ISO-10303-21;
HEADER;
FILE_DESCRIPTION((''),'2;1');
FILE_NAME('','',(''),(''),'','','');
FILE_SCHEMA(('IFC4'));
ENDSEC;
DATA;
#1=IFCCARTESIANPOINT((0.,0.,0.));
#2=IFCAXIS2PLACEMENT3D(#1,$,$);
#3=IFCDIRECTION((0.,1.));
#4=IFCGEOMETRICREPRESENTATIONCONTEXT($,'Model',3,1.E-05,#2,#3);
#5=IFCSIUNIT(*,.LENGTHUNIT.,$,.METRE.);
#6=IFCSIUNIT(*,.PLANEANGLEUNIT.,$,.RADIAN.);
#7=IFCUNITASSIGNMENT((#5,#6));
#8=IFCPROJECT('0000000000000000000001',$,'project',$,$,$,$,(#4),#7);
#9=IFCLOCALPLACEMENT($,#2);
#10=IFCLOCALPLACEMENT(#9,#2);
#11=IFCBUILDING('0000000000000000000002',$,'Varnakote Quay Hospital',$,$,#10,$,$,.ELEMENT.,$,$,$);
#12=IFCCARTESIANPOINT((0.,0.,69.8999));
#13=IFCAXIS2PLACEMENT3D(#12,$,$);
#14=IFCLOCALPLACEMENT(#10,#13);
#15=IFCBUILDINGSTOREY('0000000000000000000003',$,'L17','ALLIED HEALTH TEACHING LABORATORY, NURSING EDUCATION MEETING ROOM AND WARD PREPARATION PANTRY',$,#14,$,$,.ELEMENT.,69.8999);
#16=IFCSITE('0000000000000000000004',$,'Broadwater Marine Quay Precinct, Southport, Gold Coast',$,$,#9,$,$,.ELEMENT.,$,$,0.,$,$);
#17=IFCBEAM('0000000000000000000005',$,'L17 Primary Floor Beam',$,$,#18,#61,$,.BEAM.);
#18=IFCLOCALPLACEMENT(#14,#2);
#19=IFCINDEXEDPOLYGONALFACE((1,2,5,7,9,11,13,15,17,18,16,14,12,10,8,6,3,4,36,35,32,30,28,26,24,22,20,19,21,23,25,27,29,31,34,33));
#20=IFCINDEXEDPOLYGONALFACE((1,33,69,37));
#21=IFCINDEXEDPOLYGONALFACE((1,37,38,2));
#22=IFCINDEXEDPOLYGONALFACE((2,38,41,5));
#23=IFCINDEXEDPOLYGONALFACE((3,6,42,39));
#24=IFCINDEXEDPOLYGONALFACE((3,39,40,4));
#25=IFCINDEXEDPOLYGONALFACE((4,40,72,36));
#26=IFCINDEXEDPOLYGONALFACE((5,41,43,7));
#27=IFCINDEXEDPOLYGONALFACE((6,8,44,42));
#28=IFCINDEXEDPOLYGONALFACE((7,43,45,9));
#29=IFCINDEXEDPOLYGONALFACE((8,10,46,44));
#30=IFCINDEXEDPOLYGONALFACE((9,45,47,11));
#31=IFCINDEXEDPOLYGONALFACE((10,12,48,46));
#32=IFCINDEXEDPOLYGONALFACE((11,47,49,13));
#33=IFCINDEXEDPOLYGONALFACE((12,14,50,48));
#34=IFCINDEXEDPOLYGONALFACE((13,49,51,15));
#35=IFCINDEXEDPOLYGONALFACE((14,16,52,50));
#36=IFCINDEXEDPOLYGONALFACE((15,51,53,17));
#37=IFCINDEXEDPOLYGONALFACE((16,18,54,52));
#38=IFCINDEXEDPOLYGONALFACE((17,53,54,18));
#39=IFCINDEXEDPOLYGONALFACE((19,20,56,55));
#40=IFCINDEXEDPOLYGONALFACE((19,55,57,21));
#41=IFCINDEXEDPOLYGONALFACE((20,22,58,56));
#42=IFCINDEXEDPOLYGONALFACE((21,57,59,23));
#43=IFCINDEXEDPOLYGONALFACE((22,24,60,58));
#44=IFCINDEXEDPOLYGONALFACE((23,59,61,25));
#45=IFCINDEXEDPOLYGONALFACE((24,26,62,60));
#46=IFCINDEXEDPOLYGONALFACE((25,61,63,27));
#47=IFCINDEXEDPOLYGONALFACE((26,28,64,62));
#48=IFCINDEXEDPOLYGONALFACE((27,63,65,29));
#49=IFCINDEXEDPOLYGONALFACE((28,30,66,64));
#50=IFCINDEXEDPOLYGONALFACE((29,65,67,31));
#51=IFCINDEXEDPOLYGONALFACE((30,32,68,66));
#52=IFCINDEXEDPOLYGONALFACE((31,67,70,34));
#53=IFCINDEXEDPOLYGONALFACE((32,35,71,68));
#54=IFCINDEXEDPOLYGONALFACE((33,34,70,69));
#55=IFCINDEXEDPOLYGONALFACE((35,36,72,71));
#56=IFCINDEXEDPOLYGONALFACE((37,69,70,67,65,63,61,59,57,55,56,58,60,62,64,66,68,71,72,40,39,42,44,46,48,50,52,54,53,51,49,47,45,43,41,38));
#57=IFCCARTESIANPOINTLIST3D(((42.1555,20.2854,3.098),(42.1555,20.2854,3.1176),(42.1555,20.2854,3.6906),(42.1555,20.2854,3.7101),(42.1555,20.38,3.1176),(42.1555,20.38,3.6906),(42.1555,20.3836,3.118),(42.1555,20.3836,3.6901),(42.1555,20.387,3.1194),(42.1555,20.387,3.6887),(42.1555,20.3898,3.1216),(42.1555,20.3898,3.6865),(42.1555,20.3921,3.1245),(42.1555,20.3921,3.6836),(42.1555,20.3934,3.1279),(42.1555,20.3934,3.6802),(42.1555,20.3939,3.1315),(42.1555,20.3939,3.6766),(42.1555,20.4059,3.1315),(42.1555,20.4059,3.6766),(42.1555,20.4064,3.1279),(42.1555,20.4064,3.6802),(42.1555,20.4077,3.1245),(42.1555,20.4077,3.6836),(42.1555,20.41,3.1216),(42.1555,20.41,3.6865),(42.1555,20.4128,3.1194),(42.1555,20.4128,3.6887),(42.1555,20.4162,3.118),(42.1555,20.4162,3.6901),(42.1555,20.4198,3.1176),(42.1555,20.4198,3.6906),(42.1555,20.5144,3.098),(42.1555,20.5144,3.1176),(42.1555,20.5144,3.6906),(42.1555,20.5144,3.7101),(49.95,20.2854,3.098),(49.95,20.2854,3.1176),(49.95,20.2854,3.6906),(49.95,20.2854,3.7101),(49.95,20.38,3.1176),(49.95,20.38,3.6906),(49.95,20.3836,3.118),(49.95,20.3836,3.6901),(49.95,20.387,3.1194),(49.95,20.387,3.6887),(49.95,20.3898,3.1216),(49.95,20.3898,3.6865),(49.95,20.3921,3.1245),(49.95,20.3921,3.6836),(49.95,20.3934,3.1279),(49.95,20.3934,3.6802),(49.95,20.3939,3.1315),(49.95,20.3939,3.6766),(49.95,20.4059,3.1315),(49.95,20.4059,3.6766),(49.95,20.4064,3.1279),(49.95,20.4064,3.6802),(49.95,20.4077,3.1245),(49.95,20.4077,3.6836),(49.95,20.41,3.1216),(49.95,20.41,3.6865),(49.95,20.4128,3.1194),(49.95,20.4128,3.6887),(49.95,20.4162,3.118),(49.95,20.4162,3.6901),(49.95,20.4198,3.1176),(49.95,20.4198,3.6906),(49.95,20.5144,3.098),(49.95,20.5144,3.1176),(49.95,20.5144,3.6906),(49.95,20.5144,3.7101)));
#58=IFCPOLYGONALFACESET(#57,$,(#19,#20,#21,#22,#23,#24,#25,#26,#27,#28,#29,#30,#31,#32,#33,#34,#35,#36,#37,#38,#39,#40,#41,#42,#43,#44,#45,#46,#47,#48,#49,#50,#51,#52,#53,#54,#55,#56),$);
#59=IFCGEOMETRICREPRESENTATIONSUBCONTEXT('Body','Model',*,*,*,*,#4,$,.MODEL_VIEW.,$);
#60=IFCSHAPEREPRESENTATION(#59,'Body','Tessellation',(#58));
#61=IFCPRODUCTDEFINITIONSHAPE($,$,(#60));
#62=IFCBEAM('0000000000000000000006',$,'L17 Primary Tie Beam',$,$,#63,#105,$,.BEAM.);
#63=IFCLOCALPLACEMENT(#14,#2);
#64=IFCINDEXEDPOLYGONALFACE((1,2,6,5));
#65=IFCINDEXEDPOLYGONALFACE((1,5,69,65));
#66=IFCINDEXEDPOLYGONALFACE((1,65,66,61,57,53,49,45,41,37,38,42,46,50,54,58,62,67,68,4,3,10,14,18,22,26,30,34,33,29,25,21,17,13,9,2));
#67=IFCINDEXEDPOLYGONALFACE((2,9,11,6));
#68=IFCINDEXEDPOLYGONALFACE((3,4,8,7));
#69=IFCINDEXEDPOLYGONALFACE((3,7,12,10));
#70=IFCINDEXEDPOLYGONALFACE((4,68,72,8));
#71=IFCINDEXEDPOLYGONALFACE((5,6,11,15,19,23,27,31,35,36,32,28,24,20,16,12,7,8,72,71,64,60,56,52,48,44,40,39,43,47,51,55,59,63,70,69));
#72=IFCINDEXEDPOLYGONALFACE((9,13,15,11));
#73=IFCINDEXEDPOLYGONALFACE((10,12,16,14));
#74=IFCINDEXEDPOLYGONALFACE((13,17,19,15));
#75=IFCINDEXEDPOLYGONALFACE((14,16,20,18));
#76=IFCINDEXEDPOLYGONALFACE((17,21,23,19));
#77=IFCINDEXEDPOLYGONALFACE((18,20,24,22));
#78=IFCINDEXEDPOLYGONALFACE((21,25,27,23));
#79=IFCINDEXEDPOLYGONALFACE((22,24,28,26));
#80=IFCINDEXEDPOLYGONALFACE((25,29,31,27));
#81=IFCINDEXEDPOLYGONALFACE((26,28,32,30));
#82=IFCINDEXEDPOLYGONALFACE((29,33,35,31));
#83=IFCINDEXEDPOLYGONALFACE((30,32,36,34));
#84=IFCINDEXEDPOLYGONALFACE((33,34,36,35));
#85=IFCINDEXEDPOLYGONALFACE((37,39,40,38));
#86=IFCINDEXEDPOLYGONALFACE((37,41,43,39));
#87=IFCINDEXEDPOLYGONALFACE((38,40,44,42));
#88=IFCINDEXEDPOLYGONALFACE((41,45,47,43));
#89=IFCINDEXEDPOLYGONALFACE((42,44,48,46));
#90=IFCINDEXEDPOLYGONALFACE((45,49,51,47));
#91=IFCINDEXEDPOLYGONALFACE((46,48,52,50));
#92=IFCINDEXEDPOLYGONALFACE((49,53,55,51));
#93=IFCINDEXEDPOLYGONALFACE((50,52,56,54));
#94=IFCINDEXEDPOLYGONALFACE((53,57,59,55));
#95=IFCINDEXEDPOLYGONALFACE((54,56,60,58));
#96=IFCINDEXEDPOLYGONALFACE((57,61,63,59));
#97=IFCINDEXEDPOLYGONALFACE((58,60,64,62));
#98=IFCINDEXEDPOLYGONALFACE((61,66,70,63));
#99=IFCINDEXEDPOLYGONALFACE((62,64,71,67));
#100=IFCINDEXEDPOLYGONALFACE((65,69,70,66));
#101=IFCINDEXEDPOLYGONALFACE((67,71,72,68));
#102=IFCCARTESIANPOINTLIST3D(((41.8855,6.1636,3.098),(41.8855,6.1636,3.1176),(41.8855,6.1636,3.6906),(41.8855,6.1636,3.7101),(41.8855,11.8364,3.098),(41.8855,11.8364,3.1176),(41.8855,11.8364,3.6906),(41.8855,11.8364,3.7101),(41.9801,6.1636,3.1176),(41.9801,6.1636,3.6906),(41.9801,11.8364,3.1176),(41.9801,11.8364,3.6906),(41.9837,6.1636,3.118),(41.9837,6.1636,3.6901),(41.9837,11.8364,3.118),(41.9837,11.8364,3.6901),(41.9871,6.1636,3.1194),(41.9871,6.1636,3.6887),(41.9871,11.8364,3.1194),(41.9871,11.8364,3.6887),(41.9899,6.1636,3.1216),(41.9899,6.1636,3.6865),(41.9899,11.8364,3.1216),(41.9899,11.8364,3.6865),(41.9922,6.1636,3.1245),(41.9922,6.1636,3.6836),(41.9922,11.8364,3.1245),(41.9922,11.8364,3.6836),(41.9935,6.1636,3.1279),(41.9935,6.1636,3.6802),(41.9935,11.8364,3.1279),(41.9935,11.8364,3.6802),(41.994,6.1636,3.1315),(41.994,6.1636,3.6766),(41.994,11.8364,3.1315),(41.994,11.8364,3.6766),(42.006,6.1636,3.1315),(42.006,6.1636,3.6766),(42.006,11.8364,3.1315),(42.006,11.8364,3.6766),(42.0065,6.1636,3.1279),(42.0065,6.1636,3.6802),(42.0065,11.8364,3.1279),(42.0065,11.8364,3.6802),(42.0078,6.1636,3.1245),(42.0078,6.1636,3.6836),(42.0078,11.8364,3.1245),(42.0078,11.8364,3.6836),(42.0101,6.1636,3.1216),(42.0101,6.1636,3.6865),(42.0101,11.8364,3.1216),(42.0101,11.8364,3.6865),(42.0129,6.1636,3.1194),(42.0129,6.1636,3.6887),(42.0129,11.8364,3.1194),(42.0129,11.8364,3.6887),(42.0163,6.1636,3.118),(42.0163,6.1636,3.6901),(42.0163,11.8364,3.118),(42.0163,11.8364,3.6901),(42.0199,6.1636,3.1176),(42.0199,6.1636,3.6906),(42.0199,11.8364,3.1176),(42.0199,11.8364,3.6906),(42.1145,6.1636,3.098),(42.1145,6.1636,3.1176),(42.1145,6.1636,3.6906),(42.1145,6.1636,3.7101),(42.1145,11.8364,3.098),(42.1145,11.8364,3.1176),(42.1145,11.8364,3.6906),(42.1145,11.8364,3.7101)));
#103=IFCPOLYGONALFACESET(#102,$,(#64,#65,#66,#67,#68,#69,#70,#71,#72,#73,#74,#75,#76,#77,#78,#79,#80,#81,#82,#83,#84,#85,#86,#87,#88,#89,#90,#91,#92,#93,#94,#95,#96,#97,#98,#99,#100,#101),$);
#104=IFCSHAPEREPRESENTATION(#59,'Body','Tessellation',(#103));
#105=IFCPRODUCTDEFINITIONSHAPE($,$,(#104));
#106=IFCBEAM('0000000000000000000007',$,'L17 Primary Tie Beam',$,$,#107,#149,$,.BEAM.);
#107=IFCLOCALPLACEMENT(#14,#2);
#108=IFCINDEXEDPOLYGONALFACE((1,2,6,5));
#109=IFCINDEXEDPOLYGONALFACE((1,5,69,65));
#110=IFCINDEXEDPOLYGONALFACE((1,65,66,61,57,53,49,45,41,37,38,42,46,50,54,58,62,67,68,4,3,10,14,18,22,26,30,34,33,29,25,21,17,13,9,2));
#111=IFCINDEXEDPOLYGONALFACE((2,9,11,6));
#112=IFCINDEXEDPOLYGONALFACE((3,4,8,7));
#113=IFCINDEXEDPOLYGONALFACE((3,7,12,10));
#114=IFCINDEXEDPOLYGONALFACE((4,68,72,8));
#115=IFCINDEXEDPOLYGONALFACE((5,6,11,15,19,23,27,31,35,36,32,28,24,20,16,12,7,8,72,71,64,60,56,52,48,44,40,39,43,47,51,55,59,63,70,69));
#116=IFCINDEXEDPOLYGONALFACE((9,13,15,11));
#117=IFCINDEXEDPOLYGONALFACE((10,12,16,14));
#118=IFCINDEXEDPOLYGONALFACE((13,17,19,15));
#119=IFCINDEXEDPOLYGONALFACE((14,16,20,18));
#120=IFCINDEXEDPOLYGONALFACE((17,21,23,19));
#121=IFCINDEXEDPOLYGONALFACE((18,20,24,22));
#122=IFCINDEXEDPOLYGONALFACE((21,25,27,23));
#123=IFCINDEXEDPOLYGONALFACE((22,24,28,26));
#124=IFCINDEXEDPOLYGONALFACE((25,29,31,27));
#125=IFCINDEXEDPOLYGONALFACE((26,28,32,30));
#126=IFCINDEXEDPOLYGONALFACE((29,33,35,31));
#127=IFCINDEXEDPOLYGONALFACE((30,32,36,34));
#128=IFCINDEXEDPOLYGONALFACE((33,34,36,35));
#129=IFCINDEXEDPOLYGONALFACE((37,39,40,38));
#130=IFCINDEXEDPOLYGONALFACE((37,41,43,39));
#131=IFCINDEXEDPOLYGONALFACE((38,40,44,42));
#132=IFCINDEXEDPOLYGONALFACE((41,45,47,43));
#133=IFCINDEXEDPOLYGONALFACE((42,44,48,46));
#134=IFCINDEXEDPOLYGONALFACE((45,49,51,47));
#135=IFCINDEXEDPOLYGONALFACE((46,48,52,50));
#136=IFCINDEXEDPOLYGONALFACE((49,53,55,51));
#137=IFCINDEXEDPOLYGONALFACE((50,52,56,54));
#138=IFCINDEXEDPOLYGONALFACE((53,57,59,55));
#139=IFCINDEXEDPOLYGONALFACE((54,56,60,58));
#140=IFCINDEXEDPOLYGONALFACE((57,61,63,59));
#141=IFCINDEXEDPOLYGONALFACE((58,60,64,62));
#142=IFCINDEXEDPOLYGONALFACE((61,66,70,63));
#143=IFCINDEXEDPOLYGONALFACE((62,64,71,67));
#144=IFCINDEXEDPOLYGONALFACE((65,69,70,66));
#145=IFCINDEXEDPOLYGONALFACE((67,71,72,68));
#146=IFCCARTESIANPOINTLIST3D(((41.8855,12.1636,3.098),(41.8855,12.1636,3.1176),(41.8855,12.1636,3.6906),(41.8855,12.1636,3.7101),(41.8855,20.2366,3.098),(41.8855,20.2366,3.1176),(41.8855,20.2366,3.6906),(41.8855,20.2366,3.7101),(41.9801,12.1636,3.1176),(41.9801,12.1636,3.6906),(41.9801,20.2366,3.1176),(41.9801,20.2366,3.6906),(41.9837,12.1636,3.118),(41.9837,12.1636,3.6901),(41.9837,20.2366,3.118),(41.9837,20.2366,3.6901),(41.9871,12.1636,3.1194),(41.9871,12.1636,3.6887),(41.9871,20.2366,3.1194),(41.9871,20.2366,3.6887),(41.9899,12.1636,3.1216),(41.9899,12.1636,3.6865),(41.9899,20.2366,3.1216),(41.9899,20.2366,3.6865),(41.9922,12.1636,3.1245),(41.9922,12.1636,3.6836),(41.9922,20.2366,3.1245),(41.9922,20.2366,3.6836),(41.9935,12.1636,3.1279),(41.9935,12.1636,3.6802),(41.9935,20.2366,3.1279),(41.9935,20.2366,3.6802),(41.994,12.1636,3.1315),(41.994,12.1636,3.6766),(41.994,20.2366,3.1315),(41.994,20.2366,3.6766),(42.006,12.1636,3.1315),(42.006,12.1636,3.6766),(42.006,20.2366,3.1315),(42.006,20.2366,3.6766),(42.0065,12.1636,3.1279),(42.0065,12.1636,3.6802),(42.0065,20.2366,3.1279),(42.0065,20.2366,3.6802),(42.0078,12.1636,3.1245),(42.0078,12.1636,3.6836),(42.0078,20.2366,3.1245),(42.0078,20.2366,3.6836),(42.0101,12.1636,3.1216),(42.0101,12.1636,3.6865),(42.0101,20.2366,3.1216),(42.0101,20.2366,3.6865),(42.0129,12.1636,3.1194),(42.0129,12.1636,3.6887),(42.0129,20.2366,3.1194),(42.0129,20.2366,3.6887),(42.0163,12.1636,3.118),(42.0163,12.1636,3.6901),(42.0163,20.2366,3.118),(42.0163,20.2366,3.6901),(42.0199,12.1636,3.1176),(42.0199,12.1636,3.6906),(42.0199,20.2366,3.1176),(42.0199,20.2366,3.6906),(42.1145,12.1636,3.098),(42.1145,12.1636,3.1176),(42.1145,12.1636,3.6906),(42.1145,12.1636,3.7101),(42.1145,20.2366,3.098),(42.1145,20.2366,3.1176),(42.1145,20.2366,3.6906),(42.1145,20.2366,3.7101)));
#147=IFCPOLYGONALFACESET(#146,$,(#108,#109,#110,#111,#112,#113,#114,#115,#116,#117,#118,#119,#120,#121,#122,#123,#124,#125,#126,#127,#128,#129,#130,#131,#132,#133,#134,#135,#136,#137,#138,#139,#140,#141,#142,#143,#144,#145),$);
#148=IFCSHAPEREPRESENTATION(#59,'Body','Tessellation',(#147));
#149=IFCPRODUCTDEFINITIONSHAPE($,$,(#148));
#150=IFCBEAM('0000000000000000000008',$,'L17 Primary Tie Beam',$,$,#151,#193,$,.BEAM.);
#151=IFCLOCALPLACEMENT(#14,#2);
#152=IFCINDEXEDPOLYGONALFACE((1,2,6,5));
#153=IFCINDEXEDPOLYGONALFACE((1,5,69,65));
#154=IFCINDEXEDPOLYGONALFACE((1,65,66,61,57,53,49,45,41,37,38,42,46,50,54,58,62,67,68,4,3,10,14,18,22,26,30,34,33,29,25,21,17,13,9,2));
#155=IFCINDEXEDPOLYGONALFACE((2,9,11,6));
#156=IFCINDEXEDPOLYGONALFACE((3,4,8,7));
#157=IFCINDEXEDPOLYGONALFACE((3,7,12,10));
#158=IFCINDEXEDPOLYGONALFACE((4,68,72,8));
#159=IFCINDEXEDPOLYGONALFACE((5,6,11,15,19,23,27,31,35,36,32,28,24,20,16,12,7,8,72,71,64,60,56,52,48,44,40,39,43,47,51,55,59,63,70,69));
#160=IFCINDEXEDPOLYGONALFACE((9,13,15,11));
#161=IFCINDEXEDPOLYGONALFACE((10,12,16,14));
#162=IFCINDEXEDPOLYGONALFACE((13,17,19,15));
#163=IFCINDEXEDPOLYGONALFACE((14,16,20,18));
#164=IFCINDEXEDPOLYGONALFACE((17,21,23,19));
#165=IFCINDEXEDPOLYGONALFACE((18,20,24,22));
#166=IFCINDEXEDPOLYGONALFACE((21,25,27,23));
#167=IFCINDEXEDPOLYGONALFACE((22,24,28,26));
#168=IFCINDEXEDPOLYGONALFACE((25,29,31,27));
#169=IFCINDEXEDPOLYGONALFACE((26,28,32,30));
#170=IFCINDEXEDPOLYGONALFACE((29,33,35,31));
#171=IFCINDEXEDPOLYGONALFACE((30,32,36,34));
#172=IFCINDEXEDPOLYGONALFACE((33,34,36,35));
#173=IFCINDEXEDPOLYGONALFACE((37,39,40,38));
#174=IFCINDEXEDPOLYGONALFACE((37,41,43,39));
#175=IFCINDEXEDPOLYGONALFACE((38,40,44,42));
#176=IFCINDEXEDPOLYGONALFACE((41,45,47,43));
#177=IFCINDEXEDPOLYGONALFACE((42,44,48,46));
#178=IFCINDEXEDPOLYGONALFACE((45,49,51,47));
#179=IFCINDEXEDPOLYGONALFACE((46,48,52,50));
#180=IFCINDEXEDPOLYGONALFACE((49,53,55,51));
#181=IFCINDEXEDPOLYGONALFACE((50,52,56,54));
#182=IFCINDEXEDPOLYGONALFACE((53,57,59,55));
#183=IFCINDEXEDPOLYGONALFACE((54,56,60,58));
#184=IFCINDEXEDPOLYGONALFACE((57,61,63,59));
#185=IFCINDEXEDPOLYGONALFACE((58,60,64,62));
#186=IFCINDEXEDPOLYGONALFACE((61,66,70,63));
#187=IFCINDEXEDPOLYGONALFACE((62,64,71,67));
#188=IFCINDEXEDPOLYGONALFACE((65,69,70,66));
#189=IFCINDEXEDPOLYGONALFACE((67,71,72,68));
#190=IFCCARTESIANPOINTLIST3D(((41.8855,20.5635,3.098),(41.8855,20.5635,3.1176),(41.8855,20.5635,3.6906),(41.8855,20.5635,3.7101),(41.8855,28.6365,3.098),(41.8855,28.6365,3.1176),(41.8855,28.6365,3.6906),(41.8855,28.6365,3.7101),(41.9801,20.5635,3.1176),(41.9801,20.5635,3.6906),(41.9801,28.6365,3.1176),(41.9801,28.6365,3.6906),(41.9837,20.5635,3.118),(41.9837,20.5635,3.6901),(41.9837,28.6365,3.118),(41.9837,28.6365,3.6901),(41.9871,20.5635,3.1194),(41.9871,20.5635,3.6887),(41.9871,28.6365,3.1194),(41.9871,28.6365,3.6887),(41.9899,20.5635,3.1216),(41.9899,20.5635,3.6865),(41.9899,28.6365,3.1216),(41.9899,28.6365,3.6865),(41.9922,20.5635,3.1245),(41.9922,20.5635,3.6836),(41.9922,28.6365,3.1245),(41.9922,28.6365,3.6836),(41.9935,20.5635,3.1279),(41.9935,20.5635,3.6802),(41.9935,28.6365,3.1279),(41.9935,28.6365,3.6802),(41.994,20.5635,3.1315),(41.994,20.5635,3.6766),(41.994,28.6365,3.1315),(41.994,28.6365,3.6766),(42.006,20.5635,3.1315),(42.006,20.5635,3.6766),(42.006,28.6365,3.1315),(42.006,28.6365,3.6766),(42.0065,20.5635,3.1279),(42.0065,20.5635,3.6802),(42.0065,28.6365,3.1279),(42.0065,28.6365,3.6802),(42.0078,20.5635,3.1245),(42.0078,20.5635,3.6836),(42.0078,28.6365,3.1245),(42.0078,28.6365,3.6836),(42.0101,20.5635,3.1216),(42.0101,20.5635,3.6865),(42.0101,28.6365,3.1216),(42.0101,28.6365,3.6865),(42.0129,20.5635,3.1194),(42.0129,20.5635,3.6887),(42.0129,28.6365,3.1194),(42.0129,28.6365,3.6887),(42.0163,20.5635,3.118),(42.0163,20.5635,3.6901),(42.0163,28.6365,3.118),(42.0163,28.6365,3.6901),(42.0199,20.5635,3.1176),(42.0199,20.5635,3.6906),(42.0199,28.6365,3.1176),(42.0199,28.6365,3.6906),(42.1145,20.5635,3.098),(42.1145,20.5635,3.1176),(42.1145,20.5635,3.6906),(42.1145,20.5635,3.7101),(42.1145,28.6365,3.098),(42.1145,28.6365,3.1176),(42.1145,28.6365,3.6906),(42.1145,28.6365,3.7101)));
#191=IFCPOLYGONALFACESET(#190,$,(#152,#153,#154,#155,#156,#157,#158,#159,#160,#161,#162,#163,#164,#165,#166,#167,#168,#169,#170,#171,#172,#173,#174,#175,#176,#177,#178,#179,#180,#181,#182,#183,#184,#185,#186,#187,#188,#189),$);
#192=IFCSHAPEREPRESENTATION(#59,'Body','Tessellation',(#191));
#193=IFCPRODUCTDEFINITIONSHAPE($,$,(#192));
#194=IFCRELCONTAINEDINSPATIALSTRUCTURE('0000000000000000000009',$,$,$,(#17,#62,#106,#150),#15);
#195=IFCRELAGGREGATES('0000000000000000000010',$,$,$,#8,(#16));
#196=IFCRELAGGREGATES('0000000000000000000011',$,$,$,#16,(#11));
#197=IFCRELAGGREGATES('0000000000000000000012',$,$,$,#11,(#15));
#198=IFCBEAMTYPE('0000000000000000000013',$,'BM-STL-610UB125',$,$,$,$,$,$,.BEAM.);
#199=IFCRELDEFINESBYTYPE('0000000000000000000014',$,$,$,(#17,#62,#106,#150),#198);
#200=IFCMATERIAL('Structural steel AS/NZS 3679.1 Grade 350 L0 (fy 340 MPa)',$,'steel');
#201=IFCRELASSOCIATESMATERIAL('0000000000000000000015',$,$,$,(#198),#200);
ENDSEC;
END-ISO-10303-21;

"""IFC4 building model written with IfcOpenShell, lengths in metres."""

from ifc_helpers import new_model, si_unit, direction, frame, origin, origin_2d, place, context, subcontext, project, spatial, i_section, extrude, material, material_profile, profile_set, type_object, element, save


model = new_model("IFC4")

# Units and contexts
model_context = context("Model", 3, precision=1e-05, world=origin(), true_north=direction((0.0, 1.0)))
body_context = subcontext(model_context, "Body", "Model", "MODEL_VIEW")
ifc_project = project(units=[si_unit("LENGTHUNIT", "METRE"), si_unit("PLANEANGLEUNIT", "RADIAN")], contexts=[model_context])

# Site, building, storey
site_placement = place(None, origin())
site = spatial("IfcSite", under=ifc_project, at=site_placement, Name="Broadwater Marine Quay Precinct, Southport, Gold Coast", CompositionType="ELEMENT", RefElevation=0.0)
building_placement = place(site_placement, origin())
building = spatial("IfcBuilding", under=site, at=building_placement, Name="Varnakote Quay Hospital", CompositionType="ELEMENT")
storey_placement = place(building_placement, frame((0.0, 0.0, 69.8999)))
storey = spatial("IfcBuildingStorey", under=building, at=storey_placement, Name="L17", Description="ALLIED HEALTH TEACHING LABORATORY, NURSING EDUCATION MEETING ROOM AND WARD PREPARATION PANTRY", CompositionType="ELEMENT", Elevation=69.8999)

# Beams
ifc_material_1 = material(Name="Structural steel AS/NZS 3679.1 Grade 350 L0 (fy 340 MPa)", Category="steel")
ifc_material_profile_1 = material_profile(ifc_material_1, i_section(OverallWidth=0.229, OverallDepth=0.6121, WebThickness=0.012, FlangeThickness=0.0195, FilletRadius=0.0139, at=origin_2d()), Name="610UB125")
ifc_profile_set_1 = profile_set([ifc_material_profile_1], Name="Structural steel AS/NZS 3679.1 Grade 350 L0 (fy 340 MPa)")
beam_type_1 = type_object("IfcBeamType", Name="BM-STL-610UB125", PredefinedType="BEAM", material=ifc_profile_set_1)
beam_1_placement = place(storey_placement, frame((42.1555, 20.3999, 3.4041), z_axis=(1.0, 0.0, 0.0), x_axis=(0.0, 1.0, 0.0)))
element("IfcBeam", 1, at=beam_1_placement, inside=storey, type_object=beam_type_1, Name="L17 Primary Floor Beam", PredefinedType="BEAM", context=body_context, shape_type="SweptSolid", body=[
    extrude(i_section(OverallWidth=0.229, OverallDepth=0.6121, WebThickness=0.012, FlangeThickness=0.0195, FilletRadius=0.0139, at=origin_2d()), origin(), (0.0, 0.0, 1.0), 7.7944),
])
beam_2_placement = place(storey_placement, frame((42.0, 6.1636, 3.4041), z_axis=(0.0, 1.0, 0.0), x_axis=(-1.0, 0.0, 0.0)))
element("IfcBeam", 2, at=beam_2_placement, inside=storey, type_object=beam_type_1, Name="L17 Primary Tie Beam", PredefinedType="BEAM", context=body_context, shape_type="SweptSolid", body=[
    extrude(i_section(OverallWidth=0.229, OverallDepth=0.6121, WebThickness=0.012, FlangeThickness=0.0195, FilletRadius=0.0139, at=origin_2d()), origin(), (0.0, 0.0, 1.0), 5.6729),
])
for number, where, z_axis, x_axis, name in (
    (3, (42.0, 12.1636, 3.4041), (0.0, 1.0, 0.0), (-1.0, 0.0, 0.0), "L17 Primary Tie Beam"),
    (4, (42.0, 20.5635, 3.4041), (0.0, 1.0, 0.0), (-1.0, 0.0, 0.0), "L17 Primary Tie Beam"),
):
    element("IfcBeam", number, at=place(storey_placement, frame(where, z_axis=z_axis, x_axis=x_axis)), inside=storey, type_object=beam_type_1, Name=name, PredefinedType="BEAM", context=body_context, shape_type="SweptSolid", body=[
        extrude(i_section(OverallWidth=0.229, OverallDepth=0.6121, WebThickness=0.012, FlangeThickness=0.0195, FilletRadius=0.0139, at=origin_2d()), origin(), (0.0, 0.0, 1.0), 8.073),
    ])

save(model, "model.ifc")
